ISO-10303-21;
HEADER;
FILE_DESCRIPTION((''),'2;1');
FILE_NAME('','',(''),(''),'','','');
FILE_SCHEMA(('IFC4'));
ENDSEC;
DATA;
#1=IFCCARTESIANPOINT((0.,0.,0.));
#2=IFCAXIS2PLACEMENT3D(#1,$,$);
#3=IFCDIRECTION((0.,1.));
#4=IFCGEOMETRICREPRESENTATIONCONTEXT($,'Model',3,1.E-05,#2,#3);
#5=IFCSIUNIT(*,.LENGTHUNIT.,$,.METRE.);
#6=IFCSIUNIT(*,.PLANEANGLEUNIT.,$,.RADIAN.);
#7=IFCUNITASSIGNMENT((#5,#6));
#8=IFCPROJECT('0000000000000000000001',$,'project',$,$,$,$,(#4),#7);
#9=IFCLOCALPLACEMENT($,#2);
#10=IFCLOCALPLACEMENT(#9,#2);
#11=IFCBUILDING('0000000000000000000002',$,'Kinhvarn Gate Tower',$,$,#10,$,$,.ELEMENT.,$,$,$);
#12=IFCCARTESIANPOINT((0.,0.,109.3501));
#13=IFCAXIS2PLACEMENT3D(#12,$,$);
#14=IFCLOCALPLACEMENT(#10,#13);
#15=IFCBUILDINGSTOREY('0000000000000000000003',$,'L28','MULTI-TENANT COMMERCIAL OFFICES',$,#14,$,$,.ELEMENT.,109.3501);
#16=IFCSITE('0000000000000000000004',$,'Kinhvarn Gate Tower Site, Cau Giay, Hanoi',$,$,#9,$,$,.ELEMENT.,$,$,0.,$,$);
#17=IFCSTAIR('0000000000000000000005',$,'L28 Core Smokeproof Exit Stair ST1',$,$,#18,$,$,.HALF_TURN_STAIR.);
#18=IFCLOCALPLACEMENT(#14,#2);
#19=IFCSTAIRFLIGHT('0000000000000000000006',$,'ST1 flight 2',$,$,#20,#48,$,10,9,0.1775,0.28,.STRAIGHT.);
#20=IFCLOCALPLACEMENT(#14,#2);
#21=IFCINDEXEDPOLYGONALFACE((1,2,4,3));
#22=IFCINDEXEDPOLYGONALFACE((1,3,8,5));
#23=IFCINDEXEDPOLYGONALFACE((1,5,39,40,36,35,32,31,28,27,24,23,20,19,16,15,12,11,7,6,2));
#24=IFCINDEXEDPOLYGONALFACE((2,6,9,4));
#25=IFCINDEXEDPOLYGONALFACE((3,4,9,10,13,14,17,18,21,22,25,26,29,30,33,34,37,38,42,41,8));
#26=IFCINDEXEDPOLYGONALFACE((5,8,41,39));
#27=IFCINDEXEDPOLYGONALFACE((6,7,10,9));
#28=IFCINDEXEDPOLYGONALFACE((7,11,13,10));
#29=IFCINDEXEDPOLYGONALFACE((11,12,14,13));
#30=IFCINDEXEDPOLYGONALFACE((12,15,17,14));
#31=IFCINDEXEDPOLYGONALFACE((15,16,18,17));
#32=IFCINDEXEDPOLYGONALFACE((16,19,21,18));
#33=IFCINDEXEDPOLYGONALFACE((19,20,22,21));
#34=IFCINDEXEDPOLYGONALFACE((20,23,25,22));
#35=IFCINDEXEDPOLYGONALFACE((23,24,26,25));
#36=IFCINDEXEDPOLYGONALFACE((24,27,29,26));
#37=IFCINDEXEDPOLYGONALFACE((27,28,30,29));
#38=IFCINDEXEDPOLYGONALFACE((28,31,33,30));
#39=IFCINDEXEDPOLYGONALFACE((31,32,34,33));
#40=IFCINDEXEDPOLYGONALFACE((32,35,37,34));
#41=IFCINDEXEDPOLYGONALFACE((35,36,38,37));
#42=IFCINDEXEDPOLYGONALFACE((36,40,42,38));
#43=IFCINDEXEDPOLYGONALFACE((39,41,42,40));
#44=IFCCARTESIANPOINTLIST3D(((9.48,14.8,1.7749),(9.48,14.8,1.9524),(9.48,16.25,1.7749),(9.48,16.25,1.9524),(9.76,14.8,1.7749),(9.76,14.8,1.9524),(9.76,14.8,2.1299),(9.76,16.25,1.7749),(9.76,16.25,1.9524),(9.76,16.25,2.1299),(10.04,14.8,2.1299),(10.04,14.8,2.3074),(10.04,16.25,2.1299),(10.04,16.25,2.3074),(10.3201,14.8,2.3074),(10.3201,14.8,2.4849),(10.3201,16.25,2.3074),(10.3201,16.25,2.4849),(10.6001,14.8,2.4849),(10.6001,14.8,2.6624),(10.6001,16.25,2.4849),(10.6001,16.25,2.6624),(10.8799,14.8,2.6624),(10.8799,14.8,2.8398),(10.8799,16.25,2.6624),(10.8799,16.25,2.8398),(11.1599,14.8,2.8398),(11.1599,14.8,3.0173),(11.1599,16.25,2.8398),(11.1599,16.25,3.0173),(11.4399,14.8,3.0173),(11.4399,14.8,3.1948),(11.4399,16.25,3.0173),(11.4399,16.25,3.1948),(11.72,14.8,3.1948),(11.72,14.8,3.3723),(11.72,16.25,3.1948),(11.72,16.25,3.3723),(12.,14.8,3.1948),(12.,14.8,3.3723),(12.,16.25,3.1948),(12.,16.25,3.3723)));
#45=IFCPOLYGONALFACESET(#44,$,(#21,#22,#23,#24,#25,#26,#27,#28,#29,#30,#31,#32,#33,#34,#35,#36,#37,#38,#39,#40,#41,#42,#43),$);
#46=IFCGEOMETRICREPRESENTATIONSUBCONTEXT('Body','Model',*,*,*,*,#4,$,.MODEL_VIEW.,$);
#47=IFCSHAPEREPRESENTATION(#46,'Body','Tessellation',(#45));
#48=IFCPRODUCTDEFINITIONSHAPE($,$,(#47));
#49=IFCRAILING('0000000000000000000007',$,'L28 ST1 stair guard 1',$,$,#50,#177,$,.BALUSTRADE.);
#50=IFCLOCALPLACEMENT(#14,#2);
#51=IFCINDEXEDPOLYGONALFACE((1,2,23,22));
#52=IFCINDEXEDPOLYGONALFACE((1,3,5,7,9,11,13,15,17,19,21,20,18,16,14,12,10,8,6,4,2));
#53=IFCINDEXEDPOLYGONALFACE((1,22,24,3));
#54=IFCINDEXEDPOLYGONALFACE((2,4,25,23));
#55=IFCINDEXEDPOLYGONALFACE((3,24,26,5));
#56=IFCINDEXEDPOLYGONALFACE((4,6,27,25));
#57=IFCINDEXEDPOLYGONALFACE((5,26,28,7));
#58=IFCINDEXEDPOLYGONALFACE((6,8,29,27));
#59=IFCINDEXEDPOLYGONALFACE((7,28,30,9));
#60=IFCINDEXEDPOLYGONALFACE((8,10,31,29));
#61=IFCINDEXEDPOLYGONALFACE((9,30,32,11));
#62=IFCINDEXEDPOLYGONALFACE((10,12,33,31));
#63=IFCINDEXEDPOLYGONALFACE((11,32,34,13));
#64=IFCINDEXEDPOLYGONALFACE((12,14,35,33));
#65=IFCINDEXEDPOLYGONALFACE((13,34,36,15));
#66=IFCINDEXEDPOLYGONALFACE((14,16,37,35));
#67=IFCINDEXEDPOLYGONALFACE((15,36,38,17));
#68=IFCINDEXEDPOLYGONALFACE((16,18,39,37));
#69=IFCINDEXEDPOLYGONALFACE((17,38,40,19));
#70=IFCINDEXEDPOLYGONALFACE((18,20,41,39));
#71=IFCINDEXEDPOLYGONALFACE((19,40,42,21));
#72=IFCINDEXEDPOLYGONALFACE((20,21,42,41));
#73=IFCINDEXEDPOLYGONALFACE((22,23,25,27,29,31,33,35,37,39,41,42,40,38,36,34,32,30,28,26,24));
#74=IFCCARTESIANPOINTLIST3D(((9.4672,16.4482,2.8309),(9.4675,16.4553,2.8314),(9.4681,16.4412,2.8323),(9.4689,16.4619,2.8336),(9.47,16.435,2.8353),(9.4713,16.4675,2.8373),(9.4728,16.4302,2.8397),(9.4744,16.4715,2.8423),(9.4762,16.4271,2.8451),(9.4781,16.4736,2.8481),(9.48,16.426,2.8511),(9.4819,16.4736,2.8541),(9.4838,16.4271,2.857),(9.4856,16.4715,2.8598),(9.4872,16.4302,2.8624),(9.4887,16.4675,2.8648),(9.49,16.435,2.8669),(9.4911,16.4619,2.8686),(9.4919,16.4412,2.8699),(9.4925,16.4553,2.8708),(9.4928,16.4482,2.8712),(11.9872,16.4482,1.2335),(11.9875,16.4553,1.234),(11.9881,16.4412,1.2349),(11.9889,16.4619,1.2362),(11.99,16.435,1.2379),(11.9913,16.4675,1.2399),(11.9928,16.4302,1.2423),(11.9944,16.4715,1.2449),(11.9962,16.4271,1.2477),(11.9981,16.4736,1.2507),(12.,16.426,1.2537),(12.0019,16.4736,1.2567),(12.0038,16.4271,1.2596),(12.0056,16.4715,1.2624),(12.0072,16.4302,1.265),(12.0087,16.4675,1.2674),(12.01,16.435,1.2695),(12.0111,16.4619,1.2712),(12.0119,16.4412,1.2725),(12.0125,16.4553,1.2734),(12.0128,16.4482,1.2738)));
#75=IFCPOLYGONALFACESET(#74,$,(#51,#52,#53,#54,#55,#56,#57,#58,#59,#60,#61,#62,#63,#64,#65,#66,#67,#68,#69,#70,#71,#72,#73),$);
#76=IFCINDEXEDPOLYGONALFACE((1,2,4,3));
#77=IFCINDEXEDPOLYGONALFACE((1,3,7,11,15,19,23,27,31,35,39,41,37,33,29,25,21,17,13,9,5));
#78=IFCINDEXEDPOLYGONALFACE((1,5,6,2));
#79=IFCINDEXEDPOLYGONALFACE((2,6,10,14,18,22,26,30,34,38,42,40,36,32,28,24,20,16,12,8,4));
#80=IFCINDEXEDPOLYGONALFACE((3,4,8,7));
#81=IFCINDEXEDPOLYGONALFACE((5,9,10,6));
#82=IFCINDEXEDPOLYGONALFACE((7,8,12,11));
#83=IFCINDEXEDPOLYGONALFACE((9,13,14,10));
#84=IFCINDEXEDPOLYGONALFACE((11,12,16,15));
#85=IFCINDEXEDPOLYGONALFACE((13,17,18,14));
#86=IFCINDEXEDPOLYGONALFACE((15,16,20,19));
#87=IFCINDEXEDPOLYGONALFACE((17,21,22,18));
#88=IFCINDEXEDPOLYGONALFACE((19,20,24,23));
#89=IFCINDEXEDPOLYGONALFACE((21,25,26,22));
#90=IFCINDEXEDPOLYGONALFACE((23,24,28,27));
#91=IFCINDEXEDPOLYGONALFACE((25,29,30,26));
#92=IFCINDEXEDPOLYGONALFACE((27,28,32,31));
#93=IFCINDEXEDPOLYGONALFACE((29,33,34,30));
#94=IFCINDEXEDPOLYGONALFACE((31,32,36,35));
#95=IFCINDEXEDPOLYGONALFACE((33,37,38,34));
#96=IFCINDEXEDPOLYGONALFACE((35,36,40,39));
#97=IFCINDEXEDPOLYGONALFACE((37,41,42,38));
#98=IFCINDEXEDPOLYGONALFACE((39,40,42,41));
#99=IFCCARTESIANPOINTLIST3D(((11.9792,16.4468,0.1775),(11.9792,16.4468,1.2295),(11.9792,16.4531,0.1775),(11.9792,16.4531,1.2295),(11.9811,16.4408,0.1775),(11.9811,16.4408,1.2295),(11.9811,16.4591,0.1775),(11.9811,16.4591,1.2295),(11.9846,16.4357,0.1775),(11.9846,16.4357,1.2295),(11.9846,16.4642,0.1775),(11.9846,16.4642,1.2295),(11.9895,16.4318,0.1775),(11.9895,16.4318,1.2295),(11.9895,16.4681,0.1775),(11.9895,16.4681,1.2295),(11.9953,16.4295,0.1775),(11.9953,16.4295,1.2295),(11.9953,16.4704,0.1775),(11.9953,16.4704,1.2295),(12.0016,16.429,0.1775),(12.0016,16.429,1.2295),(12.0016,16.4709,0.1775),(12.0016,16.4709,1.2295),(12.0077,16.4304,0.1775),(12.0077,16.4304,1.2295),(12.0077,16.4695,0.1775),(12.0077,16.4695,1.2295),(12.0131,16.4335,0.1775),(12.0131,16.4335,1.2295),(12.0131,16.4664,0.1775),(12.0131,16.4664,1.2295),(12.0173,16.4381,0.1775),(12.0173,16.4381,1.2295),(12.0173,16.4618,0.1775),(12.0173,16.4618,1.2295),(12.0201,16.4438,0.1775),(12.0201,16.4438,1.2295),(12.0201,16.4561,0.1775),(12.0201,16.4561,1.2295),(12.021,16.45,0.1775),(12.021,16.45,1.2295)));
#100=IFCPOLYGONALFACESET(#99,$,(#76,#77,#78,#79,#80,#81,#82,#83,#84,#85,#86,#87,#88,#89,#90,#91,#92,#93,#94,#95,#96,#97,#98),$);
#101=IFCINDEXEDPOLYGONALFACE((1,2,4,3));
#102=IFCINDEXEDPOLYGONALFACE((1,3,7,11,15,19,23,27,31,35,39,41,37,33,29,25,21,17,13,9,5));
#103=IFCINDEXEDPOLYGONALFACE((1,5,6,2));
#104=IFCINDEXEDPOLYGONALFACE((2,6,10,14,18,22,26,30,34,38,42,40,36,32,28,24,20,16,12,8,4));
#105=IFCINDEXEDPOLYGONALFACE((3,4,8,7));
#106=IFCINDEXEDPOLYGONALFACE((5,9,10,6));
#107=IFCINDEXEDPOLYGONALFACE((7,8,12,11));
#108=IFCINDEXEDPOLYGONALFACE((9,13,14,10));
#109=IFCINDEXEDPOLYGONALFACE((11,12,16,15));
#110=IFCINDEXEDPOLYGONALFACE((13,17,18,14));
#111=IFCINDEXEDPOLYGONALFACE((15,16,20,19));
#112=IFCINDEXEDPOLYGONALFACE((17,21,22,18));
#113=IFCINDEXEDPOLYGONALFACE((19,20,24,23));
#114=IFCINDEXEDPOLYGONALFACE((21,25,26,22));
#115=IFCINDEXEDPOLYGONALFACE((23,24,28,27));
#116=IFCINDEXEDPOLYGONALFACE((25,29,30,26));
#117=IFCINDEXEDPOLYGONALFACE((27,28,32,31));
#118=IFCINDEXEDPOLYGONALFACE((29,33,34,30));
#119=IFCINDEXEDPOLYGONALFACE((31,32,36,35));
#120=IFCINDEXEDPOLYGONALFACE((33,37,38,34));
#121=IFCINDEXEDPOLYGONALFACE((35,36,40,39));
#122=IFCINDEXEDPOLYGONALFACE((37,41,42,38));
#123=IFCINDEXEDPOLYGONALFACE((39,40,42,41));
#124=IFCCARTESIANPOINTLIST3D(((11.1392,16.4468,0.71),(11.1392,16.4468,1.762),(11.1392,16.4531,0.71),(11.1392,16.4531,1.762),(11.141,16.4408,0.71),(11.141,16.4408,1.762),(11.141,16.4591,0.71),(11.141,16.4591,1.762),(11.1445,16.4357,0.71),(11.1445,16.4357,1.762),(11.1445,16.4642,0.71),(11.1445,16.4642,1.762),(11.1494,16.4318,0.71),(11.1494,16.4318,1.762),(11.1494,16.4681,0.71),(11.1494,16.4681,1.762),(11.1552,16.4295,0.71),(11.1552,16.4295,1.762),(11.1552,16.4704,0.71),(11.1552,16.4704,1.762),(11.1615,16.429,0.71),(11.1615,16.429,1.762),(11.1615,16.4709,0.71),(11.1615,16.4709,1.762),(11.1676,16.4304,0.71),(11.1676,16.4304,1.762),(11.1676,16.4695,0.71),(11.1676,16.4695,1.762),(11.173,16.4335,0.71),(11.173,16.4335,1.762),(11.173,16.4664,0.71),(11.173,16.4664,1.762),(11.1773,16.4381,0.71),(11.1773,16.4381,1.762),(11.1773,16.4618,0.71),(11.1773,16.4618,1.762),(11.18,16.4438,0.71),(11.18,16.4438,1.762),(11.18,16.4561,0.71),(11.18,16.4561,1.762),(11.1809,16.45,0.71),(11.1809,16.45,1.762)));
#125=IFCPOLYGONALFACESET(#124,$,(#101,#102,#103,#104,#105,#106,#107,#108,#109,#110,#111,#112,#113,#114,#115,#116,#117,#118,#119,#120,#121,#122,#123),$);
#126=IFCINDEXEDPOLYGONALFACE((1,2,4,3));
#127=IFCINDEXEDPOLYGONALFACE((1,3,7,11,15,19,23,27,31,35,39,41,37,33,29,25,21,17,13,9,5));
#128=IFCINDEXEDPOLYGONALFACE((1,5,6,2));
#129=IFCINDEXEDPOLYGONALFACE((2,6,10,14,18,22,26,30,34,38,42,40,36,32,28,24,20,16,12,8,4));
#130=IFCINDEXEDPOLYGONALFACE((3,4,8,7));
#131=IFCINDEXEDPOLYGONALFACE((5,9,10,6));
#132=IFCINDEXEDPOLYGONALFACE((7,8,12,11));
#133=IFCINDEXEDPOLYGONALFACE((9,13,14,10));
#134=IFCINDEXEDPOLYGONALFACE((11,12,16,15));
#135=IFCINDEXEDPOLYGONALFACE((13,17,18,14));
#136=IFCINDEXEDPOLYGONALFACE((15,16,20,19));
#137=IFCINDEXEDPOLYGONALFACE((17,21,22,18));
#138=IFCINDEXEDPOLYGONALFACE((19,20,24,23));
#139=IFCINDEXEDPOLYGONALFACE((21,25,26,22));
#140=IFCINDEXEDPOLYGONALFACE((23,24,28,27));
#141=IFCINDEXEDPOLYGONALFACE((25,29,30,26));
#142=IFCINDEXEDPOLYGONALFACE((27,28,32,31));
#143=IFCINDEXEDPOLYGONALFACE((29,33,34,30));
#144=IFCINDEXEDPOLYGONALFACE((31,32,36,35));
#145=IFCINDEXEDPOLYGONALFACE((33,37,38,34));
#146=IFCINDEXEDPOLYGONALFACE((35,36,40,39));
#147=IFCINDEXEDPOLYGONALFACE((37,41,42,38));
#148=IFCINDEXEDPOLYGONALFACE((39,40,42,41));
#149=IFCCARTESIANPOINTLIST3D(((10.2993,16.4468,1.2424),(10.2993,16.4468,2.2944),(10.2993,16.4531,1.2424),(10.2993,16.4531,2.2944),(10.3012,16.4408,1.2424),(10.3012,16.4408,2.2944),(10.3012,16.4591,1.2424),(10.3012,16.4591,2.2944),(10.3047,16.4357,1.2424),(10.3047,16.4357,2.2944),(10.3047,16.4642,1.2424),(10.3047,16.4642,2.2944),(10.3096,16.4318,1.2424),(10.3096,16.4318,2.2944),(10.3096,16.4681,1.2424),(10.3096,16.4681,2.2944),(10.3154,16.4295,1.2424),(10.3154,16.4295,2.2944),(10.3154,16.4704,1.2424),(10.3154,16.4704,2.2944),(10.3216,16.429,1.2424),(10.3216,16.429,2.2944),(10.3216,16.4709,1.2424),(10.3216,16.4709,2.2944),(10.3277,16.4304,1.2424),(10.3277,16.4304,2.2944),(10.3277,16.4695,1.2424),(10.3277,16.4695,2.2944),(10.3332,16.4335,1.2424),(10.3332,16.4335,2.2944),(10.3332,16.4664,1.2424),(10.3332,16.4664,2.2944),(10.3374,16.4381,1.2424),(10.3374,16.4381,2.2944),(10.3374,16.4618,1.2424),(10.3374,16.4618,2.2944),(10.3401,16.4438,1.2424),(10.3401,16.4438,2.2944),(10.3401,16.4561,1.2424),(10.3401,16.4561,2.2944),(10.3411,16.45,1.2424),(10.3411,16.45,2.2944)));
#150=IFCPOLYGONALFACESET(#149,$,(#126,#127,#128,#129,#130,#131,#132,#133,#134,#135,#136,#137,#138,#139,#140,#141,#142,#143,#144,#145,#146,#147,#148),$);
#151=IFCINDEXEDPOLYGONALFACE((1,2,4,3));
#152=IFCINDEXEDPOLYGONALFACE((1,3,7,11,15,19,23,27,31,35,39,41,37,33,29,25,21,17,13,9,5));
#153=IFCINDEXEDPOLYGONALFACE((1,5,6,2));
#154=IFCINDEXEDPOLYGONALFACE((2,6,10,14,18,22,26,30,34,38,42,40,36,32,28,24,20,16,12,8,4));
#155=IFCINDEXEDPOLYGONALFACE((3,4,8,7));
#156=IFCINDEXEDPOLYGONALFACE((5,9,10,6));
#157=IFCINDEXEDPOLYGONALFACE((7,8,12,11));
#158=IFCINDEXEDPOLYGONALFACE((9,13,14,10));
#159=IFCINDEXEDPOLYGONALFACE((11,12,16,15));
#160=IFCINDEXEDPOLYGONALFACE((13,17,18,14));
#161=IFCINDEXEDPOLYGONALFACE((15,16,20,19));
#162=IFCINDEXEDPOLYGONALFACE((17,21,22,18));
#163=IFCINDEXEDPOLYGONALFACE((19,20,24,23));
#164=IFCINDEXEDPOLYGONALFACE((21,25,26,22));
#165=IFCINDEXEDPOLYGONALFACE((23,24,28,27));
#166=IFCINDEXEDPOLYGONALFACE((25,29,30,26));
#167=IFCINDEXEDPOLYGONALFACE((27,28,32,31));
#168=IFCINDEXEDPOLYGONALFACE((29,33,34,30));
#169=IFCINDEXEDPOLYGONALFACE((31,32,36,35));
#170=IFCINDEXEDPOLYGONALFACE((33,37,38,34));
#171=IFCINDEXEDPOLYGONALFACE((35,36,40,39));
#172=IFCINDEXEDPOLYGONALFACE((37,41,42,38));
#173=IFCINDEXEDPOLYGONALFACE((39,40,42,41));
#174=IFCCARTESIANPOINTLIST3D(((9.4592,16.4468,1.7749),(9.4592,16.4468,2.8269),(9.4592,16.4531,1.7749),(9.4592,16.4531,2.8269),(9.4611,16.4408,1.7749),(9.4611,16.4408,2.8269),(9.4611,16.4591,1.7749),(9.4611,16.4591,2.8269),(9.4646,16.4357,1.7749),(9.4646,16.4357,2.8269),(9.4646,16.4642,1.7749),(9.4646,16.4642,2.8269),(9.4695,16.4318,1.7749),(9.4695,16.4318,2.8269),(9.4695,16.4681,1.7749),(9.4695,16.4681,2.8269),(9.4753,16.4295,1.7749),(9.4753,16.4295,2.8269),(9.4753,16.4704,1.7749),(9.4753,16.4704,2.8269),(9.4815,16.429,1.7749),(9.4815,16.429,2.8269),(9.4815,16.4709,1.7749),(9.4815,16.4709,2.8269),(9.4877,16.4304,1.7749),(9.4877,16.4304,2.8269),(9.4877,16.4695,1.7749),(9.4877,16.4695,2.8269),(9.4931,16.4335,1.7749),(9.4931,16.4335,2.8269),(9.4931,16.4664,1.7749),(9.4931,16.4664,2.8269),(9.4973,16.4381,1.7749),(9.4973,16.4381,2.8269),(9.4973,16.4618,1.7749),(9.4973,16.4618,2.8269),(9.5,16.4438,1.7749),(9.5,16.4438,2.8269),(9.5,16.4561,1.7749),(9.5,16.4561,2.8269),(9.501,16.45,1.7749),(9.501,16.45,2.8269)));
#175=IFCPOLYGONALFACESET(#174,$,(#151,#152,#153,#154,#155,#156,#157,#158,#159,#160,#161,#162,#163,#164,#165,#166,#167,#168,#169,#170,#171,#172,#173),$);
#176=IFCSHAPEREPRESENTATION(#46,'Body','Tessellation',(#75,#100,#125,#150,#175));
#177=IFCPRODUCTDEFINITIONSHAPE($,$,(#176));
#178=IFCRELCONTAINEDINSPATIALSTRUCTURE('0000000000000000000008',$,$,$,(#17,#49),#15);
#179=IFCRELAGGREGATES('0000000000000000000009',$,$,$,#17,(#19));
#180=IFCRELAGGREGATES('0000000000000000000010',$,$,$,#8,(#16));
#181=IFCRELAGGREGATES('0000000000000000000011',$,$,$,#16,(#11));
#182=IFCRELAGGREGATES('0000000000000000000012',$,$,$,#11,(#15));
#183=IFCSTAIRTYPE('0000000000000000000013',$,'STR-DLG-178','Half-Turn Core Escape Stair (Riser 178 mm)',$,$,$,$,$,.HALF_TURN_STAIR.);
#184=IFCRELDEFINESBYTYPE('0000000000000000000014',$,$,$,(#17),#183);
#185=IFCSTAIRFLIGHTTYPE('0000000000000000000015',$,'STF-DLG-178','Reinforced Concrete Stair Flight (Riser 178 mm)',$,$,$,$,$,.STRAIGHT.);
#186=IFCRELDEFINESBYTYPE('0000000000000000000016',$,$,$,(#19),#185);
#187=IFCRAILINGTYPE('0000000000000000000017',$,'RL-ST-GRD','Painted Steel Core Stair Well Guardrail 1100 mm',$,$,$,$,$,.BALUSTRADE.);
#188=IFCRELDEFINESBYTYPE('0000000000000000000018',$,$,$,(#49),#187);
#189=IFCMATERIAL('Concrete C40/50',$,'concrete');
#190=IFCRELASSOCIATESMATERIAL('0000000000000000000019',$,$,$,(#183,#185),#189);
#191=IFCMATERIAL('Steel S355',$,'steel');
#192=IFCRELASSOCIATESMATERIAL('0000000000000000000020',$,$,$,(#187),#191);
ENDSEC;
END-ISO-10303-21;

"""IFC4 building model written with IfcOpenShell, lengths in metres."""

from ifc_helpers import new_model, si_unit, direction, frame, origin, origin_2d, place, context, subcontext, project, spatial, polyline, circle, outline, extrude, material, type_object, element, aggregate, save


model = new_model("IFC4")

# Units and contexts
model_context = context("Model", 3, precision=1e-05, world=origin(), true_north=direction((0.0, 1.0)))
body_context = subcontext(model_context, "Body", "Model", "MODEL_VIEW")
ifc_project = project(units=[si_unit("LENGTHUNIT", "METRE"), si_unit("PLANEANGLEUNIT", "RADIAN")], contexts=[model_context])

# Site, building, storey
site_placement = place(None, origin())
site = spatial("IfcSite", under=ifc_project, at=site_placement, Name="Kinhvarn Gate Tower Site, Cau Giay, Hanoi", CompositionType="ELEMENT", RefElevation=0.0)
building_placement = place(site_placement, origin())
building = spatial("IfcBuilding", under=site, at=building_placement, Name="Kinhvarn Gate Tower", CompositionType="ELEMENT")
storey_placement = place(building_placement, frame((0.0, 0.0, 109.3501)))
storey = spatial("IfcBuildingStorey", under=building, at=storey_placement, Name="L28", Description="MULTI-TENANT COMMERCIAL OFFICES", CompositionType="ELEMENT", Elevation=109.3501)

# Shared definitions
ifc_material_1 = material(Name="Steel S355", Category="steel")

# Shared definitions
ifc_material_2 = material(Name="Concrete C40/50", Category="concrete")

# Stair, stair flight
stair_type = type_object("IfcStairType", Name="STR-DLG-178", Description="Half-Turn Core Escape Stair (Riser 178 mm)", PredefinedType="HALF_TURN_STAIR", material=ifc_material_2)
stair_placement = place(storey_placement, origin())
stair = element("IfcStair", 1, at=stair_placement, inside=storey, type_object=stair_type, Name="L28 Core Smokeproof Exit Stair ST1", PredefinedType="HALF_TURN_STAIR")
stair_flight_type = type_object("IfcStairFlightType", Name="STF-DLG-178", Description="Reinforced Concrete Stair Flight (Riser 178 mm)", PredefinedType="STRAIGHT", material=ifc_material_2)
stair_flight_1_placement = place(storey_placement, frame((9.48, 15.5249, 1.7749), z_axis=(0.0, 0.0, 1.0), x_axis=(1.0, 0.0, 0.0)))
stair_flight_1 = element("IfcStairFlight", 2, at=stair_flight_1_placement, type_object=stair_flight_type, Name="ST1 flight 2", NumberOfRisers=10, NumberOfTreads=9, PredefinedType="STRAIGHT", RiserHeight=0.1775, TreadLength=0.28, context=body_context, shape_type="SweptSolid", body=[
    extrude(outline(polyline([(0.0, 0.0), (0.0, 0.1775), (0.28, 0.1775), (0.28, 0.355), (0.5601, 0.355), (0.5601, 0.5325), (0.8401, 0.5325), (0.8401, 0.71), (1.1201, 0.71), (1.1201, 0.8875), (1.3999, 0.8875), (1.3999, 1.0649), (1.6799, 1.0649), (1.6799, 1.2424), (1.96, 1.2424), (1.96, 1.4199), (2.24, 1.4199), (2.24, 1.5974), (2.52, 1.5974), (2.52, 1.7749), (2.52, 1.4199), (0.28, 0.0), (0.0, 0.0)])), frame((0.0, 0.7251, 0.0), z_axis=(0.0, -1.0, 0.0), x_axis=(1.0, 0.0, 0.0)), (0.0, 0.0, 1.0), 1.45),
])
aggregate(stair, [stair_flight_1])

# Railing
railing_type_1 = type_object("IfcRailingType", Name="RL-ST-GRD", Description="Painted Steel Core Stair Well Guardrail 1100 mm", PredefinedType="BALUSTRADE", material=ifc_material_1)
railing_1_placement = place(storey_placement, frame((12.0, 16.45, 0.1775)))
element("IfcRailing", 3, at=railing_1_placement, inside=storey, type_object=railing_type_1, Name="L28 ST1 stair guard 1", PredefinedType="BALUSTRADE", context=body_context, shape_type="SweptSolid", body=[
    extrude(circle(Radius=0.0239, at=origin_2d()), frame((0.0, 0.0, 1.0762), z_axis=(-0.844607, 0.0, 0.535387), x_axis=(0.0, -1.0, 0.0)), (0.0, 0.0, 1.0), 2.9836),
    extrude(circle(Radius=0.021, at=origin_2d()), origin(), (0.0, 0.0, 1.0), 1.052),
    extrude(circle(Radius=0.021, at=origin_2d()), frame((-0.8401, 0.0, 0.5325)), (0.0, 0.0, 1.0), 1.052),
    extrude(circle(Radius=0.021, at=origin_2d()), frame((-1.6799, 0.0, 1.0649)), (0.0, 0.0, 1.0), 1.052),
    extrude(circle(Radius=0.021, at=origin_2d()), frame((-2.52, 0.0, 1.5974)), (0.0, 0.0, 1.0), 1.052),
])

save(model, "model.ifc")
